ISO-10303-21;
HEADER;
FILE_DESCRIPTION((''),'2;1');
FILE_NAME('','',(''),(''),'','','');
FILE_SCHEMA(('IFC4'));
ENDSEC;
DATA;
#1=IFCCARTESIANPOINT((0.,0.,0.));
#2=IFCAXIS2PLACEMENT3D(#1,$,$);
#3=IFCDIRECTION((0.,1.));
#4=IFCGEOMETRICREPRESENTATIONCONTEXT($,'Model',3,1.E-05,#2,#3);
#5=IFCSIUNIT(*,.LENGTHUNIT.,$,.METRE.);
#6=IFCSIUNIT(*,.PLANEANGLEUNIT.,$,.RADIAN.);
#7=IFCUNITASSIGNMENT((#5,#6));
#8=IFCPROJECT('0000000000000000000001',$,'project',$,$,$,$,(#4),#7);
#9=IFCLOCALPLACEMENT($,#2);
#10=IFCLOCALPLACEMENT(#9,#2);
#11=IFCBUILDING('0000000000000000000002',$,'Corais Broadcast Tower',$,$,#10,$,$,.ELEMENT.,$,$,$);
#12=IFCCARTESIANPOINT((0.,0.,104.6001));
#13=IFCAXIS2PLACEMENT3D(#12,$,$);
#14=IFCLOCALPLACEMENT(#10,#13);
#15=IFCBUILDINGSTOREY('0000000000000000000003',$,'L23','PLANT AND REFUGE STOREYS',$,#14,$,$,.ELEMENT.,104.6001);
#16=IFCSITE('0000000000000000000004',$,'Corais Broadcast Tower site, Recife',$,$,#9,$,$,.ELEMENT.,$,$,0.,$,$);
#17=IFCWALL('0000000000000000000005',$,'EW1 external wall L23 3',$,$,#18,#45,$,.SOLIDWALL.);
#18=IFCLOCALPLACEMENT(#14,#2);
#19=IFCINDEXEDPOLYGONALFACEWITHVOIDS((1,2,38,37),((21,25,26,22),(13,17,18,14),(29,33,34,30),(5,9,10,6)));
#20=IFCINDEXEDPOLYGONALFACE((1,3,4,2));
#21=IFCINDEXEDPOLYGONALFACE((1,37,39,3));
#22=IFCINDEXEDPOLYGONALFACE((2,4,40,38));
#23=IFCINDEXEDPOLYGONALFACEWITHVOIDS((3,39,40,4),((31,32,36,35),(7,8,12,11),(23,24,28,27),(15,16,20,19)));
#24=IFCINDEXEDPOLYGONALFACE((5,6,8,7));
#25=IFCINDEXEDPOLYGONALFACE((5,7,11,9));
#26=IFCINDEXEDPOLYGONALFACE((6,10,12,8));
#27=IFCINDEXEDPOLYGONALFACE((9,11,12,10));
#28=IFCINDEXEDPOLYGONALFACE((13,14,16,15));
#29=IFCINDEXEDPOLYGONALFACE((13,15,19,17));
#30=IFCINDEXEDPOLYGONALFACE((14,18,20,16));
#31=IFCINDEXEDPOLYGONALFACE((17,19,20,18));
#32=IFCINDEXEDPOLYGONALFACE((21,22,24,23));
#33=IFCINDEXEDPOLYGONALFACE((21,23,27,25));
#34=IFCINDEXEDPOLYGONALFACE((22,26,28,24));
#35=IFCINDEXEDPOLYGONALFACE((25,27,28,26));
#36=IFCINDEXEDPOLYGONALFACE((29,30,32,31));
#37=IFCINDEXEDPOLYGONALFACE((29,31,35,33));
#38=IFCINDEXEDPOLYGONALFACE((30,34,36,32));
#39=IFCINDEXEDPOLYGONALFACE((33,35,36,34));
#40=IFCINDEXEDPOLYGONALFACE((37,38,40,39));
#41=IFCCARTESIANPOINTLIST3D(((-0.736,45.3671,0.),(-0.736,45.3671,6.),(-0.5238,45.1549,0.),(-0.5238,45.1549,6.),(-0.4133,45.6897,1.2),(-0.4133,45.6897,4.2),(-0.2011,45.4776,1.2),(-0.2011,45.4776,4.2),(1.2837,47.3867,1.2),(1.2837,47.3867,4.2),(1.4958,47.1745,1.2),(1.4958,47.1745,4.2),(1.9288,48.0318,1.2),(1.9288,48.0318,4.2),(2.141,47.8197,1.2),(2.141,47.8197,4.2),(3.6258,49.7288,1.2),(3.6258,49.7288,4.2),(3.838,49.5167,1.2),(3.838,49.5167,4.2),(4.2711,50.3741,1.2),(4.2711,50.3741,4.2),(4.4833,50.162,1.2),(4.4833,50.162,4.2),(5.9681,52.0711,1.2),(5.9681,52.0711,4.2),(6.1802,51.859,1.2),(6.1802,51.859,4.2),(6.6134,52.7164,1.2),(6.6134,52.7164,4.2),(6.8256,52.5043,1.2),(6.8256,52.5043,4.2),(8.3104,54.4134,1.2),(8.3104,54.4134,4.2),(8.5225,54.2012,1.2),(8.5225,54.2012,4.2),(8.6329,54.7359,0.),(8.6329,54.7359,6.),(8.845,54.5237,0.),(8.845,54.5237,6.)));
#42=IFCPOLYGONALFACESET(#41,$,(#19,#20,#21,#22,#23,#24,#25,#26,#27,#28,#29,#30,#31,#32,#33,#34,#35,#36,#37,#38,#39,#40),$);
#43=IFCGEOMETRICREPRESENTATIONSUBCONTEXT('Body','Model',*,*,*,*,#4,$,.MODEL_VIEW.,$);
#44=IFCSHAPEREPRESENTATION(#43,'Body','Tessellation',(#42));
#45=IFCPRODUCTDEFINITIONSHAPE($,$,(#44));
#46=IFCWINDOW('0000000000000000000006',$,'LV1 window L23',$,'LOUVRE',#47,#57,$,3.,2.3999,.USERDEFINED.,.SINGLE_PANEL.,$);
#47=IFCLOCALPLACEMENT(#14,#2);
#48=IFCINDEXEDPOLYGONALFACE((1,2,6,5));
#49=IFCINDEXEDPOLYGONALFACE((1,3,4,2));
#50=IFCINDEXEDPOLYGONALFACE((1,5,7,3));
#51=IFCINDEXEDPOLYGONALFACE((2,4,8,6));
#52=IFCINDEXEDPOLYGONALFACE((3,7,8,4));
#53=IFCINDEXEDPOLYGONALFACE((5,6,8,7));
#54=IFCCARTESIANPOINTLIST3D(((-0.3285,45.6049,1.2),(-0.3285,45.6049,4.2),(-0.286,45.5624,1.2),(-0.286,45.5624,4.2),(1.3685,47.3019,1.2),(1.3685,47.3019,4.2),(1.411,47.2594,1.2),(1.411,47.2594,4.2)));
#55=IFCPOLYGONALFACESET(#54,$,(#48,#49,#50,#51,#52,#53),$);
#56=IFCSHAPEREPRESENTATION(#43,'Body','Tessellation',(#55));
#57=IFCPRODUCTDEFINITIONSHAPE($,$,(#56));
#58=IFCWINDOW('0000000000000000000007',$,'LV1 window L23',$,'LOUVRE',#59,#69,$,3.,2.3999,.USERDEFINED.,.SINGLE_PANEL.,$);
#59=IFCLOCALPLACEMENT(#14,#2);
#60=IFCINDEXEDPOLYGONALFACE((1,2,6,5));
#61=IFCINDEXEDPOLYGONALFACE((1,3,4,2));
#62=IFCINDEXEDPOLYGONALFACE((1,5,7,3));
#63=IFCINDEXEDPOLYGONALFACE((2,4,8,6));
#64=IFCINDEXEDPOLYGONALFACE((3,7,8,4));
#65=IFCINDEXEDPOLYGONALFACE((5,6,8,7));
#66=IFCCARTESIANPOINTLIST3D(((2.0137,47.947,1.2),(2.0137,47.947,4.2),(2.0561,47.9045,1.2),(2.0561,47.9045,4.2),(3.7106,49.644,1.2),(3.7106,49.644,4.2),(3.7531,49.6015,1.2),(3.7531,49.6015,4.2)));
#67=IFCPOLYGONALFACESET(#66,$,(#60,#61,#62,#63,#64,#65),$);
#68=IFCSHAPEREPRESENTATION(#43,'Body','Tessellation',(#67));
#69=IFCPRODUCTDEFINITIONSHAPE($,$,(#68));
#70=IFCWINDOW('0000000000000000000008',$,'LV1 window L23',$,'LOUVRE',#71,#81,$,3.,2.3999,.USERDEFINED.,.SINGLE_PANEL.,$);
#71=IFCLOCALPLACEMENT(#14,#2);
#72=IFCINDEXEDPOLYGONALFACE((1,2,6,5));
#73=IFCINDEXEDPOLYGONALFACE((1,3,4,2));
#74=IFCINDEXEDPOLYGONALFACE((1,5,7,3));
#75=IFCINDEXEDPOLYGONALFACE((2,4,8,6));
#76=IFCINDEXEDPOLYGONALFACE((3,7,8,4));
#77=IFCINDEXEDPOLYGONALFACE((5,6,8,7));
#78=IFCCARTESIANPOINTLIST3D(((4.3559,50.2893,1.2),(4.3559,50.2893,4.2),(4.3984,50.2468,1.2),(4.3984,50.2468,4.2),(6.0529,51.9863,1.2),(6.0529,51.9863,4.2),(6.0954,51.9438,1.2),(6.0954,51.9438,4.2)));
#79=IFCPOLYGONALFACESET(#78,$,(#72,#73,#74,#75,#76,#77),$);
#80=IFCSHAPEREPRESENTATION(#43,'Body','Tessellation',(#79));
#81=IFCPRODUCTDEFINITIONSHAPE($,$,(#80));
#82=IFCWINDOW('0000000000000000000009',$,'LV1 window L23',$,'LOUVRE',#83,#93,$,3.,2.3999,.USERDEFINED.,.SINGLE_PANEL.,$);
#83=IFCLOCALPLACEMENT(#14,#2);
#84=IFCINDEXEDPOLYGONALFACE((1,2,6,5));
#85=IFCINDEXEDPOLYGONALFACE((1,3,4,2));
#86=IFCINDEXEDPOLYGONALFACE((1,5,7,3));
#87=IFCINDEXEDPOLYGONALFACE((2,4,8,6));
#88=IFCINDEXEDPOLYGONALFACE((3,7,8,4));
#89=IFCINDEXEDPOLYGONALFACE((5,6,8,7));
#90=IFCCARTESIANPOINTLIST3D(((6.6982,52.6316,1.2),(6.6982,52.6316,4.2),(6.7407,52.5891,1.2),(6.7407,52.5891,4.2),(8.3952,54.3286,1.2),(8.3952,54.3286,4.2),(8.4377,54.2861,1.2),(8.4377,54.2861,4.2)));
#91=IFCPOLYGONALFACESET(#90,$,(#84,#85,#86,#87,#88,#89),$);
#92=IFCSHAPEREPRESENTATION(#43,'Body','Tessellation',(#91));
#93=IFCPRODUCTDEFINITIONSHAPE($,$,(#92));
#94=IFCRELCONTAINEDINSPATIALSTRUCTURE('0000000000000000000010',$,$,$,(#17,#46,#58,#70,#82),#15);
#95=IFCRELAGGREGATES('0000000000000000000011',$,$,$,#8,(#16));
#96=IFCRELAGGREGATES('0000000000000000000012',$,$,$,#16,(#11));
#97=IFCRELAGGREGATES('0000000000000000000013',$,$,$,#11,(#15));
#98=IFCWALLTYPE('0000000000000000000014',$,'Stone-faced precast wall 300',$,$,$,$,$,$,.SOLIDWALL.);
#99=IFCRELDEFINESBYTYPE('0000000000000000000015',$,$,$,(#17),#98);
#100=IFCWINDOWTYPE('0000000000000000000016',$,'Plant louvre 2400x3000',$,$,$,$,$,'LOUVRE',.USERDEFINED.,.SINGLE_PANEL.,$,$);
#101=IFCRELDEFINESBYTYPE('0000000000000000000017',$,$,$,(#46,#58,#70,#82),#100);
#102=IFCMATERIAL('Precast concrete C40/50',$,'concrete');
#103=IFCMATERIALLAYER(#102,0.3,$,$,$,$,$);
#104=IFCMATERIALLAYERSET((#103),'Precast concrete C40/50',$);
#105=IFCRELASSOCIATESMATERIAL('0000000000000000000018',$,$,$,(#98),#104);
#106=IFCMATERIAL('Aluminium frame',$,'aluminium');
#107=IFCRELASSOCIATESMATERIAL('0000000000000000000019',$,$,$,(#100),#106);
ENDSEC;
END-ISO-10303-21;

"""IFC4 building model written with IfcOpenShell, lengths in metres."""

from ifc_helpers import new_model, si_unit, direction, frame, frame_2d, origin, place, context, subcontext, project, spatial, rectangle, extrude, material, layer, layer_set, type_object, element, fill, save


model = new_model("IFC4")

# Units and contexts
model_context = context("Model", 3, precision=1e-05, world=origin(), true_north=direction((0.0, 1.0)))
body_context = subcontext(model_context, "Body", "Model", "MODEL_VIEW")
ifc_project = project(units=[si_unit("LENGTHUNIT", "METRE"), si_unit("PLANEANGLEUNIT", "RADIAN")], contexts=[model_context])

# Site, building, storey
site_placement = place(None, origin())
site = spatial("IfcSite", under=ifc_project, at=site_placement, Name="Corais Broadcast Tower site, Recife", CompositionType="ELEMENT", RefElevation=0.0)
building_placement = place(site_placement, origin())
building = spatial("IfcBuilding", under=site, at=building_placement, Name="Corais Broadcast Tower", CompositionType="ELEMENT")
storey_placement = place(building_placement, frame((0.0, 0.0, 104.6001)))
storey = spatial("IfcBuildingStorey", under=building, at=storey_placement, Name="L23", Description="PLANT AND REFUGE STOREYS", CompositionType="ELEMENT", Elevation=104.6001)

# Wall, openings, windows
ifc_material_1 = material(Name="Precast concrete C40/50", Category="concrete")
ifc_layer = layer(ifc_material_1, 0.3)
ifc_layer_set = layer_set([ifc_layer], Name="Precast concrete C40/50")
wall_type = type_object("IfcWallType", Name="Stone-faced precast wall 300", PredefinedType="SOLIDWALL", material=ifc_layer_set)
wall_1_placement = place(storey_placement, frame((-0.6299, 45.261, 0.0), z_axis=(0.0, 0.0, 1.0), x_axis=(0.707107, 0.707107, 0.0)))
wall_1 = element("IfcWall", 1, at=wall_1_placement, inside=storey, type_object=wall_type, Name="EW1 external wall L23 3", PredefinedType="SOLIDWALL", context=body_context, shape_type="SweptSolid", body=[
    extrude(rectangle(XDim=13.2495, YDim=0.3, at=frame_2d((6.6248, 0.0))), origin(), (0.0, 0.0, 1.0), 6.0),
])
opening_1_placement = place(wall_1_placement, frame((0.4563, 0.0, 1.2)))
opening_1 = element("IfcOpeningElement", 2, at=opening_1_placement, cuts=wall_1, PredefinedType="OPENING", context=body_context, shape_type="SweptSolid", body=[
    extrude(rectangle(XDim=2.3999, YDim=3.0, at=frame_2d((1.2, 1.5))), frame((0.0, 0.1599, 0.0), z_axis=(0.0, -1.0, 0.0), x_axis=(1.0, 0.0, 0.0)), (0.0, 0.0, 1.0), 0.3201),
])
opening_2_placement = place(wall_1_placement, frame((3.7686, 0.0, 1.2)))
opening_2 = element("IfcOpeningElement", 3, at=opening_2_placement, cuts=wall_1, PredefinedType="OPENING", context=body_context, shape_type="SweptSolid", body=[
    extrude(rectangle(XDim=2.3999, YDim=3.0, at=frame_2d((1.2, 1.5))), frame((0.0, 0.1599, 0.0), z_axis=(0.0, -1.0, 0.0), x_axis=(1.0, 0.0, 0.0)), (0.0, 0.0, 1.0), 0.3201),
])
opening_3_placement = place(wall_1_placement, frame((7.0811, 0.0, 1.2)))
opening_3 = element("IfcOpeningElement", 4, at=opening_3_placement, cuts=wall_1, PredefinedType="OPENING", context=body_context, shape_type="SweptSolid", body=[
    extrude(rectangle(XDim=2.3999, YDim=3.0, at=frame_2d((1.2, 1.5))), frame((0.0, 0.1599, 0.0), z_axis=(0.0, -1.0, 0.0), x_axis=(1.0, 0.0, 0.0)), (0.0, 0.0, 1.0), 0.3201),
])
opening_4_placement = place(wall_1_placement, frame((10.3936, 0.0, 1.2)))
opening_4 = element("IfcOpeningElement", 5, at=opening_4_placement, cuts=wall_1, PredefinedType="OPENING", context=body_context, shape_type="SweptSolid", body=[
    extrude(rectangle(XDim=2.3999, YDim=3.0, at=frame_2d((1.2, 1.5))), frame((0.0, 0.1599, 0.0), z_axis=(0.0, -1.0, 0.0), x_axis=(1.0, 0.0, 0.0)), (0.0, 0.0, 1.0), 0.3201),
])
ifc_material_2 = material(Name="Aluminium frame", Category="aluminium")
window_type = type_object("IfcWindowType", Name="Plant louvre 2400x3000", ElementType="LOUVRE", PartitioningType="SINGLE_PANEL", PredefinedType="USERDEFINED", material=ifc_material_2)
window_1_placement = place(opening_1_placement, origin())
window_1 = element("IfcWindow", 6, at=window_1_placement, inside=storey, type_object=window_type, Name="LV1 window L23", ObjectType="LOUVRE", OverallHeight=3.0, OverallWidth=2.3999, PartitioningType="SINGLE_PANEL", PredefinedType="USERDEFINED", context=body_context, shape_type="SweptSolid", body=[
    extrude(rectangle(XDim=2.3999, YDim=3.0, at=frame_2d((1.2, 1.5))), frame((0.0, 0.03, 0.0), z_axis=(0.0, -1.0, 0.0), x_axis=(1.0, 0.0, 0.0)), (0.0, 0.0, 1.0), 0.0601),
])
fill(opening_1, window_1)
window_2_placement = place(opening_2_placement, origin())
window_2 = element("IfcWindow", 7, at=window_2_placement, inside=storey, type_object=window_type, Name="LV1 window L23", ObjectType="LOUVRE", OverallHeight=3.0, OverallWidth=2.3999, PartitioningType="SINGLE_PANEL", PredefinedType="USERDEFINED", context=body_context, shape_type="SweptSolid", body=[
    extrude(rectangle(XDim=2.3999, YDim=3.0, at=frame_2d((1.2, 1.5))), frame((0.0, 0.03, 0.0), z_axis=(0.0, -1.0, 0.0), x_axis=(1.0, 0.0, 0.0)), (0.0, 0.0, 1.0), 0.0601),
])
fill(opening_2, window_2)
window_3_placement = place(opening_3_placement, origin())
window_3 = element("IfcWindow", 8, at=window_3_placement, inside=storey, type_object=window_type, Name="LV1 window L23", ObjectType="LOUVRE", OverallHeight=3.0, OverallWidth=2.3999, PartitioningType="SINGLE_PANEL", PredefinedType="USERDEFINED", context=body_context, shape_type="SweptSolid", body=[
    extrude(rectangle(XDim=2.3999, YDim=3.0, at=frame_2d((1.2, 1.5))), frame((0.0, 0.03, 0.0), z_axis=(0.0, -1.0, 0.0), x_axis=(1.0, 0.0, 0.0)), (0.0, 0.0, 1.0), 0.0601),
])
fill(opening_3, window_3)
window_4_placement = place(opening_4_placement, origin())
window_4 = element("IfcWindow", 9, at=window_4_placement, inside=storey, type_object=window_type, Name="LV1 window L23", ObjectType="LOUVRE", OverallHeight=3.0, OverallWidth=2.3999, PartitioningType="SINGLE_PANEL", PredefinedType="USERDEFINED", context=body_context, shape_type="SweptSolid", body=[
    extrude(rectangle(XDim=2.3999, YDim=3.0, at=frame_2d((1.2, 1.5))), frame((0.0, 0.03, 0.0), z_axis=(0.0, -1.0, 0.0), x_axis=(1.0, 0.0, 0.0)), (0.0, 0.0, 1.0), 0.0601),
])
fill(opening_4, window_4)

save(model, "model.ifc")
